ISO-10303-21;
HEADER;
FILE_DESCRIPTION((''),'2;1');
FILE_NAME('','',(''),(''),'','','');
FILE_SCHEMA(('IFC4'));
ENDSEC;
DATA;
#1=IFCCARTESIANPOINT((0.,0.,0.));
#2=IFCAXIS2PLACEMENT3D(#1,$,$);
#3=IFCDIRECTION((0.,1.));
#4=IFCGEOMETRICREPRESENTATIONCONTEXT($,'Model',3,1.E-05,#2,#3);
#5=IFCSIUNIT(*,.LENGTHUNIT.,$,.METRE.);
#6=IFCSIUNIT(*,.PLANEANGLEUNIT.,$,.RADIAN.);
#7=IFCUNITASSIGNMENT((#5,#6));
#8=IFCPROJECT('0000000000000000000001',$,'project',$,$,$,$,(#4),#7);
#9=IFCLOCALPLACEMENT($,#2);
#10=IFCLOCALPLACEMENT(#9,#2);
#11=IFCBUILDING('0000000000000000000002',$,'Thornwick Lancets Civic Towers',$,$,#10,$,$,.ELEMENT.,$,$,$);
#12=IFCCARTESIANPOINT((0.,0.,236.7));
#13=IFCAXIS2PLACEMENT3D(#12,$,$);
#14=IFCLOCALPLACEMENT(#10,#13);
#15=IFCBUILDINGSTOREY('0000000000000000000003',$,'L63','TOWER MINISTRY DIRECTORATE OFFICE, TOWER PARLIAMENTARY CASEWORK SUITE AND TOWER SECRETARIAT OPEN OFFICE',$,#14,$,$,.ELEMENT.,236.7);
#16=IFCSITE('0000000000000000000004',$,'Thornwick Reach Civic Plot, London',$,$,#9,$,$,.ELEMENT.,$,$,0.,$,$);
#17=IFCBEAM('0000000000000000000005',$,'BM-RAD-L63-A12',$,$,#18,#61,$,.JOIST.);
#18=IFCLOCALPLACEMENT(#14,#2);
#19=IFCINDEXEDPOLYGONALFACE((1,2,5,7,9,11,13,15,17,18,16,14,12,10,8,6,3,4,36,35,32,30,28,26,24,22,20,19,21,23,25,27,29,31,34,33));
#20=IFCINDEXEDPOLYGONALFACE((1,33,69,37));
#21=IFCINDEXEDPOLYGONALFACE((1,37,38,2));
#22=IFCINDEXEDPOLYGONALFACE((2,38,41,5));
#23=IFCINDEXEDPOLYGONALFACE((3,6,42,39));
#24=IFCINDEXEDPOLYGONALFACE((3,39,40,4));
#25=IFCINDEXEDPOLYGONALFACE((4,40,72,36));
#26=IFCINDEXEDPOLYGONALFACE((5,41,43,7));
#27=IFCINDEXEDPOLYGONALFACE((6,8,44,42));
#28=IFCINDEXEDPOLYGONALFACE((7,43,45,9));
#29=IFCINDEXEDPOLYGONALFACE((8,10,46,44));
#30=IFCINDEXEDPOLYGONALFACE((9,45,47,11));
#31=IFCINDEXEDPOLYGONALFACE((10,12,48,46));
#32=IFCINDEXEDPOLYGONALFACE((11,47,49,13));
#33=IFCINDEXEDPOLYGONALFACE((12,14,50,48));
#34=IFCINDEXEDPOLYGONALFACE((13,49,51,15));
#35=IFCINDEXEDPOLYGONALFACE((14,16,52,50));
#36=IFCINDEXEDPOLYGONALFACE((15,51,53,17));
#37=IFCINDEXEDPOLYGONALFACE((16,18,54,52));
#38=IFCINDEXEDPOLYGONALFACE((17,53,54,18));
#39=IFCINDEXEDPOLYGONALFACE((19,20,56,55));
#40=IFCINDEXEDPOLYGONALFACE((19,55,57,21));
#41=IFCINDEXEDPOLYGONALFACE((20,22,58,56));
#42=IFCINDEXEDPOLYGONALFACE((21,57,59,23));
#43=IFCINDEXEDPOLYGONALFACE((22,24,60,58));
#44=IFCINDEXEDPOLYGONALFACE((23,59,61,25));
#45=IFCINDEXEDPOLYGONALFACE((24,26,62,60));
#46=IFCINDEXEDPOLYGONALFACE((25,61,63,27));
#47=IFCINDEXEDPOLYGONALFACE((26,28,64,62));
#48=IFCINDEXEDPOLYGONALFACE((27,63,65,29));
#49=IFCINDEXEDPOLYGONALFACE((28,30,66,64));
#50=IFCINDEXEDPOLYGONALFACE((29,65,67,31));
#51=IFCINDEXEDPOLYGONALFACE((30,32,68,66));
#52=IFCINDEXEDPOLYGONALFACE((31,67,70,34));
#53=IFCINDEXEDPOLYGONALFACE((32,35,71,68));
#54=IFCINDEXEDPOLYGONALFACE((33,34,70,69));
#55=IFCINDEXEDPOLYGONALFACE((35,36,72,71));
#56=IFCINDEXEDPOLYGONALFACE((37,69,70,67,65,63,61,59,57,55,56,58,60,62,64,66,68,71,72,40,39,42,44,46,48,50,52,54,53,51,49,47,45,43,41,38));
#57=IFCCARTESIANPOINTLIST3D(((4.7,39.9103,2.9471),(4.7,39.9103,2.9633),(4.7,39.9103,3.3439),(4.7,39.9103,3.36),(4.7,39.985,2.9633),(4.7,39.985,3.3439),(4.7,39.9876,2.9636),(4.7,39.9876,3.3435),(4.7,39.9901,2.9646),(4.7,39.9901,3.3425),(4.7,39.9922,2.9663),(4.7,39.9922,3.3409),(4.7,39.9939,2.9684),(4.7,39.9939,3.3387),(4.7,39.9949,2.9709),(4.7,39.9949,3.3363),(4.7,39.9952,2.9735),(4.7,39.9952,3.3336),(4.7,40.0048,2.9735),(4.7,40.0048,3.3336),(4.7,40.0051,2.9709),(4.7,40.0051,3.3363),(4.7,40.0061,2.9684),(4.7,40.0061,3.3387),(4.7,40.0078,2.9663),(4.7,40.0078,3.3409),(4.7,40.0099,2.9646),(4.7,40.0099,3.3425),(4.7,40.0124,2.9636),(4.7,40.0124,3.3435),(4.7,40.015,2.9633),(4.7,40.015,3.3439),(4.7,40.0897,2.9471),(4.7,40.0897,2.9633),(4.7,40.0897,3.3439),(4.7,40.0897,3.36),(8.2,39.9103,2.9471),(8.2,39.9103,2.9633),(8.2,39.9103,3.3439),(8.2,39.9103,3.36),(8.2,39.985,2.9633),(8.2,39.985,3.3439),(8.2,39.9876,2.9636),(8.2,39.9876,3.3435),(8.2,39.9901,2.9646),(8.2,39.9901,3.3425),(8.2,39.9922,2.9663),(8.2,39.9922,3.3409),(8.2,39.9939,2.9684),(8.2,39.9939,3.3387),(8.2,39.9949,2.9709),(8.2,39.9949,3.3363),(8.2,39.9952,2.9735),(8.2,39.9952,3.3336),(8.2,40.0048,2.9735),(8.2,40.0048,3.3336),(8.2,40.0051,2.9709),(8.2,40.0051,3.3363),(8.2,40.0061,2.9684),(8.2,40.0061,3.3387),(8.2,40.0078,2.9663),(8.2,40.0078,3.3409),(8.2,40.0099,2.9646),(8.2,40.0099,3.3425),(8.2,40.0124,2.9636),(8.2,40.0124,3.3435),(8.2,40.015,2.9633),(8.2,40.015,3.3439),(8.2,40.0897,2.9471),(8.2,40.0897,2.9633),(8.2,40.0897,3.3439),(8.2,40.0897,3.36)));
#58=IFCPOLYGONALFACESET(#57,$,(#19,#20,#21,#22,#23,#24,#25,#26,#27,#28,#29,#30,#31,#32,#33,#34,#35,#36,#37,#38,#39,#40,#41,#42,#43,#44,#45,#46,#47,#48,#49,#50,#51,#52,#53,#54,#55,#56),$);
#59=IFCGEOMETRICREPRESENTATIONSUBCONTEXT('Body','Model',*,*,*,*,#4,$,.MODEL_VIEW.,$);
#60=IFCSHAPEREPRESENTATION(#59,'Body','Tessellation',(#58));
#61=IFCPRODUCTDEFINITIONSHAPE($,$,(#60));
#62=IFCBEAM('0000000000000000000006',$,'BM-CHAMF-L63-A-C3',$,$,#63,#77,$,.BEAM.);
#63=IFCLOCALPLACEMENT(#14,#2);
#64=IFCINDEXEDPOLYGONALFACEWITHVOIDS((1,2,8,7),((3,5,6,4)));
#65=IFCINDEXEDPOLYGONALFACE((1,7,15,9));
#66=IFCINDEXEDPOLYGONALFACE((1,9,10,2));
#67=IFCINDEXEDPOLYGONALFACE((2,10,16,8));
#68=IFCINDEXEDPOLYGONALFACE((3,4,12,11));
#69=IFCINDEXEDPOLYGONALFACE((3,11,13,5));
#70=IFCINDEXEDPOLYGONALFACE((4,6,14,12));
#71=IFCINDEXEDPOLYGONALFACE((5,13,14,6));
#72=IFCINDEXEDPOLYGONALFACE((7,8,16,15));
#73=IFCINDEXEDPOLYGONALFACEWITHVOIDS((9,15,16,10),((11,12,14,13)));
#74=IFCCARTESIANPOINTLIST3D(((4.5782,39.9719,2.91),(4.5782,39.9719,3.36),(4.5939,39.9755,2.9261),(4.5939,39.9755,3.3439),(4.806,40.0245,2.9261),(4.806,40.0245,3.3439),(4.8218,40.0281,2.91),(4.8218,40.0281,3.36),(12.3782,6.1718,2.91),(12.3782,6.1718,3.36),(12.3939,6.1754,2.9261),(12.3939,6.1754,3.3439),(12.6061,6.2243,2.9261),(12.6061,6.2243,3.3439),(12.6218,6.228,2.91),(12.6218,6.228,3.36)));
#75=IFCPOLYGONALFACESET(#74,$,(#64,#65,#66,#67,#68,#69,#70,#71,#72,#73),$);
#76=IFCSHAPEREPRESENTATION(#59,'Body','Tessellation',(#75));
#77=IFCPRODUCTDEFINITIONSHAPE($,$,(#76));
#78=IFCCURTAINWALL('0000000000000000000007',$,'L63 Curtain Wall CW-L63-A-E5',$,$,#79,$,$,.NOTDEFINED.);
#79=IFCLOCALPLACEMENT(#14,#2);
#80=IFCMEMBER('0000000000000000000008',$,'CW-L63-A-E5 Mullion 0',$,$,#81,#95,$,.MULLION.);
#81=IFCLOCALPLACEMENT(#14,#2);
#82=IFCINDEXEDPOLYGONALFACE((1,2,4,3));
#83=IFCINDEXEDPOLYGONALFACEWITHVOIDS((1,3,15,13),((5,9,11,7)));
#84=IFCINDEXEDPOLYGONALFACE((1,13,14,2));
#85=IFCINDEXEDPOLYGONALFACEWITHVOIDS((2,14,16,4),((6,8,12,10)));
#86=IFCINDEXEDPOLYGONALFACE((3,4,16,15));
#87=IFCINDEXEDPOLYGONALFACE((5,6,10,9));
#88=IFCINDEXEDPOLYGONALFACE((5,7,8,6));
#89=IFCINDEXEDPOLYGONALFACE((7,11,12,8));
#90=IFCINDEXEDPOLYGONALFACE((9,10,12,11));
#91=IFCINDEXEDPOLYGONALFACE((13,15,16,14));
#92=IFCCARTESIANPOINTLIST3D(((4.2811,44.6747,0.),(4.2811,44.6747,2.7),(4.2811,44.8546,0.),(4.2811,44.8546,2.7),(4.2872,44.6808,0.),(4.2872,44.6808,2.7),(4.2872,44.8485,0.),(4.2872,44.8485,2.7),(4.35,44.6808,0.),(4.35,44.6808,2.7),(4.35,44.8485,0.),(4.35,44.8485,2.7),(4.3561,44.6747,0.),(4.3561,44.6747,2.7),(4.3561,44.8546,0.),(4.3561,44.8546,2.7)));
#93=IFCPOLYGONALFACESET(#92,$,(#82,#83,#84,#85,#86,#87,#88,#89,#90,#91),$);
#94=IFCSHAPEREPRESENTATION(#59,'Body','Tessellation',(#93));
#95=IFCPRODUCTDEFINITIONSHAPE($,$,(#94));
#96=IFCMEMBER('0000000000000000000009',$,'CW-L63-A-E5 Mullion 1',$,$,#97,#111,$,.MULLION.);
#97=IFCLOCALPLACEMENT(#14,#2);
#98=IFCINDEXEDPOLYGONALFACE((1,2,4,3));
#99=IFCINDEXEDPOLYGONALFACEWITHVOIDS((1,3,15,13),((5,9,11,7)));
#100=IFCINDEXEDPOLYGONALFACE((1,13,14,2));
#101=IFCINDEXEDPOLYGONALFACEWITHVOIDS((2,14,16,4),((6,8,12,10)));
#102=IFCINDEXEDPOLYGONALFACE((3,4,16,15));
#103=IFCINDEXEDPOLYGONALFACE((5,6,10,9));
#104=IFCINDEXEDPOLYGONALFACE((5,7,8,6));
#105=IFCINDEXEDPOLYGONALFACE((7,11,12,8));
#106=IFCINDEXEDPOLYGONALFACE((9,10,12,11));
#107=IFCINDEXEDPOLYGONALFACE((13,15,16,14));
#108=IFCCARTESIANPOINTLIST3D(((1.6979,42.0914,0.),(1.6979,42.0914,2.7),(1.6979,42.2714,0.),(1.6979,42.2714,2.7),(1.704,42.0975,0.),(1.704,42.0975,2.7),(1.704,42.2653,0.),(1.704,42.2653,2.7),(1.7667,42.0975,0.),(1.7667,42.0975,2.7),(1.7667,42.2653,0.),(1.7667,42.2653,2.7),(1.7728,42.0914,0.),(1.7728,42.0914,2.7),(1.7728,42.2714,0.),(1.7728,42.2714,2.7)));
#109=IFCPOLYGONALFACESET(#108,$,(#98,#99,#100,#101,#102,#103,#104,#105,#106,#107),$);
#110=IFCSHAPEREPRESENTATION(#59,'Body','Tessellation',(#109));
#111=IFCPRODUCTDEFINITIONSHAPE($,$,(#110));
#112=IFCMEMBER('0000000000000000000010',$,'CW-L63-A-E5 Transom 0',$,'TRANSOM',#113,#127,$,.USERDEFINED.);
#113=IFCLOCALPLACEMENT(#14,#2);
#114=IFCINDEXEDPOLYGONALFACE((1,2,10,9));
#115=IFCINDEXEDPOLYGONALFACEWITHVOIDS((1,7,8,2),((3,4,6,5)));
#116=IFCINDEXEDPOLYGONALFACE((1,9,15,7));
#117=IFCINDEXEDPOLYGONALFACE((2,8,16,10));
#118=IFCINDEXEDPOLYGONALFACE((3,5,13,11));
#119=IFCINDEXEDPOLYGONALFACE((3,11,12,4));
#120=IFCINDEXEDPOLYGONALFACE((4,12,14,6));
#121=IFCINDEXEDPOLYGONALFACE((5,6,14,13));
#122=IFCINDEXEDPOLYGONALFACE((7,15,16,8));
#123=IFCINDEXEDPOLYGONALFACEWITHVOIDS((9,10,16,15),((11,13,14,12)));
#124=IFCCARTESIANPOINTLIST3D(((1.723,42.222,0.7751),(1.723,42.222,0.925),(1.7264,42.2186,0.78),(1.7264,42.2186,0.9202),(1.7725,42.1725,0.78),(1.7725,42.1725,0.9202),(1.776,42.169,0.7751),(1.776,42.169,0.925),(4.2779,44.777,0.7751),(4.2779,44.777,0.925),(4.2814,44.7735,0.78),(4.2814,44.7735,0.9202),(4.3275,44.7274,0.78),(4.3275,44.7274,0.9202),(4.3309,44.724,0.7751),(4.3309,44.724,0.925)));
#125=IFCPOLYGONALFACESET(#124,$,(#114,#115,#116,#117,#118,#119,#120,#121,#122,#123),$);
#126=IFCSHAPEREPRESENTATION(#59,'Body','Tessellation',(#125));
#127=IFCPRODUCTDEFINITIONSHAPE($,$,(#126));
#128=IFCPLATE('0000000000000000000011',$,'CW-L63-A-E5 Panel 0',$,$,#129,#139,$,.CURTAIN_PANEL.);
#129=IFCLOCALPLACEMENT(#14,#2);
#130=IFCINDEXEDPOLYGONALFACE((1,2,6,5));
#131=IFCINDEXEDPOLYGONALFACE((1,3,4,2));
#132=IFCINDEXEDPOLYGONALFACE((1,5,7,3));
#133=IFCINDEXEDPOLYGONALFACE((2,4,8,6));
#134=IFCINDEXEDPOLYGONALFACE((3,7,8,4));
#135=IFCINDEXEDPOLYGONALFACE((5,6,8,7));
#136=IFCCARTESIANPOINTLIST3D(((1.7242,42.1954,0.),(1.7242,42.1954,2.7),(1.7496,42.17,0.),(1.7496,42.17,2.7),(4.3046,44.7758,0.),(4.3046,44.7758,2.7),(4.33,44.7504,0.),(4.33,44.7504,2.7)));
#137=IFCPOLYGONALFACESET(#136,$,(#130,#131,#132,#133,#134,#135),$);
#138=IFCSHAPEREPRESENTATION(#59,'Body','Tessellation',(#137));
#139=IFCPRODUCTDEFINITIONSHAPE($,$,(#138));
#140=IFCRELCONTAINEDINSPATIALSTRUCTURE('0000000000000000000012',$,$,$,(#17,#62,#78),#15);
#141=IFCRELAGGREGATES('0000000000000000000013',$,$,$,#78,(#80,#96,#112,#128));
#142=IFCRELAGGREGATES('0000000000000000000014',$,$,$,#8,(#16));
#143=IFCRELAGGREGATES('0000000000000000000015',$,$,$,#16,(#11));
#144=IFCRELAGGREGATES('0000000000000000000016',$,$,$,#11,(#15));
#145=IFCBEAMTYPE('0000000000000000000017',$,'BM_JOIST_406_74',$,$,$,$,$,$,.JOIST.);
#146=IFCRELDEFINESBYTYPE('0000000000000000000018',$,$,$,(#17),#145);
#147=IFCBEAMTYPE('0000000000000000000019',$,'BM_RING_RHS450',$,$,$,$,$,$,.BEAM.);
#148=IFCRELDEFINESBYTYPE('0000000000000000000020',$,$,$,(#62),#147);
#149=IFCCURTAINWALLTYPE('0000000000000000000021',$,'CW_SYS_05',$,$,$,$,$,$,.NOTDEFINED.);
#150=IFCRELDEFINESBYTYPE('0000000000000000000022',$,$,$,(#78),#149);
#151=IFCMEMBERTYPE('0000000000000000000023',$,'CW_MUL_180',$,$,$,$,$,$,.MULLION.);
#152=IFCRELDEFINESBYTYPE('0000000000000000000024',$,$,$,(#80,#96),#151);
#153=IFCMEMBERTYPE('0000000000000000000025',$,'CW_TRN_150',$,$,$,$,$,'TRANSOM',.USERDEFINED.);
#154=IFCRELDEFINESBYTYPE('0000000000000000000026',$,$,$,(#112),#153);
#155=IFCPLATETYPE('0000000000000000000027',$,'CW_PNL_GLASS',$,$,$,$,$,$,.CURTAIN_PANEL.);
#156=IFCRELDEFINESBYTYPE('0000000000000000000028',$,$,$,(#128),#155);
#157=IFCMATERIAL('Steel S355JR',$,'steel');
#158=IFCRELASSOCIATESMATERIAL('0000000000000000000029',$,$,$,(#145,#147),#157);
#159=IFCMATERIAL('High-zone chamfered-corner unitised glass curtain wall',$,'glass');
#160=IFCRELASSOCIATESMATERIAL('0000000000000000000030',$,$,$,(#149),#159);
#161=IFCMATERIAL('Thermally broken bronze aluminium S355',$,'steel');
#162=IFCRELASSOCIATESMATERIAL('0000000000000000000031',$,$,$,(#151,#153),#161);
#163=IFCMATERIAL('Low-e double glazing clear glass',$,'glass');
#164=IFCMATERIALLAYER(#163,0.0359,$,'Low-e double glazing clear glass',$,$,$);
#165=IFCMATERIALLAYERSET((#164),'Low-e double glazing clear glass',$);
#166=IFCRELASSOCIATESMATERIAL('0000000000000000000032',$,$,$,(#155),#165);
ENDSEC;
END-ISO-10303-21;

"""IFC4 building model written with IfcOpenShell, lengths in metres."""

from ifc_helpers import new_model, si_unit, direction, frame, origin, origin_2d, place, context, subcontext, project, spatial, rectangle, hollow_rectangle, i_section, extrude, material, layer, layer_set, material_profile, profile_set, type_object, element, aggregate, save


model = new_model("IFC4")

# Units and contexts
model_context = context("Model", 3, precision=1e-05, world=origin(), true_north=direction((0.0, 1.0)))
body_context = subcontext(model_context, "Body", "Model", "MODEL_VIEW")
ifc_project = project(units=[si_unit("LENGTHUNIT", "METRE"), si_unit("PLANEANGLEUNIT", "RADIAN")], contexts=[model_context])

# Site, building, storey
site_placement = place(None, origin())
site = spatial("IfcSite", under=ifc_project, at=site_placement, Name="Thornwick Reach Civic Plot, London", CompositionType="ELEMENT", RefElevation=0.0)
building_placement = place(site_placement, origin())
building = spatial("IfcBuilding", under=site, at=building_placement, Name="Thornwick Lancets Civic Towers", CompositionType="ELEMENT")
storey_placement = place(building_placement, frame((0.0, 0.0, 236.7)))
storey = spatial("IfcBuildingStorey", under=building, at=storey_placement, Name="L63", Description="TOWER MINISTRY DIRECTORATE OFFICE, TOWER PARLIAMENTARY CASEWORK SUITE AND TOWER SECRETARIAT OPEN OFFICE", CompositionType="ELEMENT", Elevation=236.7)

# Shared definitions
ifc_material_1 = material(Name="Steel S355JR", Category="steel")

# Beams
ifc_material_profile_1 = material_profile(ifc_material_1, i_section(OverallWidth=0.1794, OverallDepth=0.4128, WebThickness=0.0095, FlangeThickness=0.0161, FilletRadius=0.0103, at=origin_2d()), Name="UKB 406x178x74")
ifc_profile_set_1 = profile_set([ifc_material_profile_1], Name="Steel S355JR")
beam_type_1 = type_object("IfcBeamType", Name="BM_JOIST_406_74", PredefinedType="JOIST", material=ifc_profile_set_1)
for number, where, z_axis, x_axis, name in (
    (1, (8.2, 40.0, 3.1536), (-1.0, 0.0, 0.0), (0.0, -1.0, 0.0), "BM-RAD-L63-A12"),
):
    element("IfcBeam", number, at=place(storey_placement, frame(where, z_axis=z_axis, x_axis=x_axis)), inside=storey, type_object=beam_type_1, Name=name, PredefinedType="JOIST", context=body_context, shape_type="SweptSolid", body=[
        extrude(i_section(OverallWidth=0.1794, OverallDepth=0.4128, WebThickness=0.0095, FlangeThickness=0.0161, FilletRadius=0.0103, at=origin_2d()), origin(), (0.0, 0.0, 1.0), 3.5),
    ])
ifc_material_profile_2 = material_profile(ifc_material_1, hollow_rectangle(XDim=0.25, YDim=0.45, WallThickness=0.0161, at=origin_2d()), Name="RHS 450x250x16")
ifc_profile_set_2 = profile_set([ifc_material_profile_2], Name="Steel S355JR")
beam_type_2 = type_object("IfcBeamType", Name="BM_RING_RHS450", PredefinedType="BEAM", material=ifc_profile_set_2)
beam_1_placement = place(storey_placement, frame((4.7, 40.0, 3.135), z_axis=(0.224861, -0.974391, 0.0), x_axis=(0.974391, 0.224861, 0.0)))
element("IfcBeam", 2, at=beam_1_placement, inside=storey, type_object=beam_type_2, Name="BM-CHAMF-L63-A-C3", PredefinedType="BEAM", context=body_context, shape_type="SweptSolid", body=[
    extrude(hollow_rectangle(XDim=0.25, YDim=0.45, WallThickness=0.0161, at=origin_2d()), origin(), (0.0, 0.0, 1.0), 34.6885),
])

# Curtain wall, members, plate
ifc_material_2 = material(Name="High-zone chamfered-corner unitised glass curtain wall", Category="glass")
curtain_wall_type = type_object("IfcCurtainWallType", Name="CW_SYS_05", PredefinedType="NOTDEFINED", material=ifc_material_2)
curtain_wall_placement = place(storey_placement, origin())
curtain_wall = element("IfcCurtainWall", 3, at=curtain_wall_placement, inside=storey, type_object=curtain_wall_type, Name="L63 Curtain Wall CW-L63-A-E5", PredefinedType="NOTDEFINED")
ifc_material_3 = material(Name="Thermally broken bronze aluminium S355", Category="steel")
ifc_material_profile_3 = material_profile(ifc_material_3, hollow_rectangle(XDim=0.075, YDim=0.1799, WallThickness=0.0061, at=origin_2d()), Name="RHS 180x75x6")
ifc_profile_set_3 = profile_set([ifc_material_profile_3], Name="Thermally broken bronze aluminium S355")
member_type_1 = type_object("IfcMemberType", Name="CW_MUL_180", PredefinedType="MULLION", material=ifc_profile_set_3)
member_1_placement = place(storey_placement, frame((4.3186, 44.7646, 0.0), z_axis=(0.0, 0.0, 1.0), x_axis=(1.0, 0.0, 0.0)))
member_1 = element("IfcMember", 4, at=member_1_placement, type_object=member_type_1, Name="CW-L63-A-E5 Mullion 0", PredefinedType="MULLION", context=body_context, shape_type="SweptSolid", body=[
    extrude(hollow_rectangle(XDim=0.075, YDim=0.1799, WallThickness=0.0061, at=origin_2d()), origin(), (0.0, 0.0, 1.0), 2.7),
])
member_2_placement = place(storey_placement, frame((1.7354, 42.1814, 0.0), z_axis=(0.0, 0.0, 1.0), x_axis=(1.0, 0.0, 0.0)))
member_2 = element("IfcMember", 5, at=member_2_placement, type_object=member_type_1, Name="CW-L63-A-E5 Mullion 1", PredefinedType="MULLION", context=body_context, shape_type="SweptSolid", body=[
    extrude(hollow_rectangle(XDim=0.075, YDim=0.1799, WallThickness=0.0061, at=origin_2d()), origin(), (0.0, 0.0, 1.0), 2.7),
])
ifc_material_profile_4 = material_profile(ifc_material_3, hollow_rectangle(XDim=0.075, YDim=0.1499, WallThickness=0.0049, at=origin_2d()), Name="RHS 150x75x5")
ifc_profile_set_4 = profile_set([ifc_material_profile_4], Name="Thermally broken bronze aluminium S355")
member_type_2 = type_object("IfcMemberType", Name="CW_TRN_150", ElementType="TRANSOM", PredefinedType="USERDEFINED", material=ifc_profile_set_4)
member_3_placement = place(storey_placement, frame((4.3044, 44.7505, 0.8501), z_axis=(-0.707107, -0.707107, 0.0), x_axis=(0.707107, -0.707107, 0.0)))
member_3 = element("IfcMember", 6, at=member_3_placement, type_object=member_type_2, Name="CW-L63-A-E5 Transom 0", ObjectType="TRANSOM", PredefinedType="USERDEFINED", context=body_context, shape_type="SweptSolid", body=[
    extrude(hollow_rectangle(XDim=0.075, YDim=0.1499, WallThickness=0.0049, at=origin_2d()), origin(), (0.0, 0.0, 1.0), 3.6133),
])
ifc_material_4 = material(Name="Low-e double glazing clear glass", Category="glass")
ifc_layer_1 = layer(ifc_material_4, 0.0359, Name="Low-e double glazing clear glass")
ifc_layer_set_1 = layer_set([ifc_layer_1], Name="Low-e double glazing clear glass")
plate_type = type_object("IfcPlateType", Name="CW_PNL_GLASS", PredefinedType="CURTAIN_PANEL", material=ifc_layer_set_1)
plate_placement = place(storey_placement, frame((3.0271, 43.4729, 0.0), z_axis=(0.0, 0.0, 1.0), x_axis=(-0.707107, -0.707107, 0.0)))
plate = element("IfcPlate", 7, at=plate_placement, type_object=plate_type, Name="CW-L63-A-E5 Panel 0", PredefinedType="CURTAIN_PANEL", context=body_context, shape_type="SweptSolid", body=[
    extrude(rectangle(XDim=3.6492, YDim=0.0359, at=origin_2d()), origin(), (0.0, 0.0, 1.0), 2.7),
])
aggregate(curtain_wall, [member_1, member_2, member_3, plate])

save(model, "model.ifc")
